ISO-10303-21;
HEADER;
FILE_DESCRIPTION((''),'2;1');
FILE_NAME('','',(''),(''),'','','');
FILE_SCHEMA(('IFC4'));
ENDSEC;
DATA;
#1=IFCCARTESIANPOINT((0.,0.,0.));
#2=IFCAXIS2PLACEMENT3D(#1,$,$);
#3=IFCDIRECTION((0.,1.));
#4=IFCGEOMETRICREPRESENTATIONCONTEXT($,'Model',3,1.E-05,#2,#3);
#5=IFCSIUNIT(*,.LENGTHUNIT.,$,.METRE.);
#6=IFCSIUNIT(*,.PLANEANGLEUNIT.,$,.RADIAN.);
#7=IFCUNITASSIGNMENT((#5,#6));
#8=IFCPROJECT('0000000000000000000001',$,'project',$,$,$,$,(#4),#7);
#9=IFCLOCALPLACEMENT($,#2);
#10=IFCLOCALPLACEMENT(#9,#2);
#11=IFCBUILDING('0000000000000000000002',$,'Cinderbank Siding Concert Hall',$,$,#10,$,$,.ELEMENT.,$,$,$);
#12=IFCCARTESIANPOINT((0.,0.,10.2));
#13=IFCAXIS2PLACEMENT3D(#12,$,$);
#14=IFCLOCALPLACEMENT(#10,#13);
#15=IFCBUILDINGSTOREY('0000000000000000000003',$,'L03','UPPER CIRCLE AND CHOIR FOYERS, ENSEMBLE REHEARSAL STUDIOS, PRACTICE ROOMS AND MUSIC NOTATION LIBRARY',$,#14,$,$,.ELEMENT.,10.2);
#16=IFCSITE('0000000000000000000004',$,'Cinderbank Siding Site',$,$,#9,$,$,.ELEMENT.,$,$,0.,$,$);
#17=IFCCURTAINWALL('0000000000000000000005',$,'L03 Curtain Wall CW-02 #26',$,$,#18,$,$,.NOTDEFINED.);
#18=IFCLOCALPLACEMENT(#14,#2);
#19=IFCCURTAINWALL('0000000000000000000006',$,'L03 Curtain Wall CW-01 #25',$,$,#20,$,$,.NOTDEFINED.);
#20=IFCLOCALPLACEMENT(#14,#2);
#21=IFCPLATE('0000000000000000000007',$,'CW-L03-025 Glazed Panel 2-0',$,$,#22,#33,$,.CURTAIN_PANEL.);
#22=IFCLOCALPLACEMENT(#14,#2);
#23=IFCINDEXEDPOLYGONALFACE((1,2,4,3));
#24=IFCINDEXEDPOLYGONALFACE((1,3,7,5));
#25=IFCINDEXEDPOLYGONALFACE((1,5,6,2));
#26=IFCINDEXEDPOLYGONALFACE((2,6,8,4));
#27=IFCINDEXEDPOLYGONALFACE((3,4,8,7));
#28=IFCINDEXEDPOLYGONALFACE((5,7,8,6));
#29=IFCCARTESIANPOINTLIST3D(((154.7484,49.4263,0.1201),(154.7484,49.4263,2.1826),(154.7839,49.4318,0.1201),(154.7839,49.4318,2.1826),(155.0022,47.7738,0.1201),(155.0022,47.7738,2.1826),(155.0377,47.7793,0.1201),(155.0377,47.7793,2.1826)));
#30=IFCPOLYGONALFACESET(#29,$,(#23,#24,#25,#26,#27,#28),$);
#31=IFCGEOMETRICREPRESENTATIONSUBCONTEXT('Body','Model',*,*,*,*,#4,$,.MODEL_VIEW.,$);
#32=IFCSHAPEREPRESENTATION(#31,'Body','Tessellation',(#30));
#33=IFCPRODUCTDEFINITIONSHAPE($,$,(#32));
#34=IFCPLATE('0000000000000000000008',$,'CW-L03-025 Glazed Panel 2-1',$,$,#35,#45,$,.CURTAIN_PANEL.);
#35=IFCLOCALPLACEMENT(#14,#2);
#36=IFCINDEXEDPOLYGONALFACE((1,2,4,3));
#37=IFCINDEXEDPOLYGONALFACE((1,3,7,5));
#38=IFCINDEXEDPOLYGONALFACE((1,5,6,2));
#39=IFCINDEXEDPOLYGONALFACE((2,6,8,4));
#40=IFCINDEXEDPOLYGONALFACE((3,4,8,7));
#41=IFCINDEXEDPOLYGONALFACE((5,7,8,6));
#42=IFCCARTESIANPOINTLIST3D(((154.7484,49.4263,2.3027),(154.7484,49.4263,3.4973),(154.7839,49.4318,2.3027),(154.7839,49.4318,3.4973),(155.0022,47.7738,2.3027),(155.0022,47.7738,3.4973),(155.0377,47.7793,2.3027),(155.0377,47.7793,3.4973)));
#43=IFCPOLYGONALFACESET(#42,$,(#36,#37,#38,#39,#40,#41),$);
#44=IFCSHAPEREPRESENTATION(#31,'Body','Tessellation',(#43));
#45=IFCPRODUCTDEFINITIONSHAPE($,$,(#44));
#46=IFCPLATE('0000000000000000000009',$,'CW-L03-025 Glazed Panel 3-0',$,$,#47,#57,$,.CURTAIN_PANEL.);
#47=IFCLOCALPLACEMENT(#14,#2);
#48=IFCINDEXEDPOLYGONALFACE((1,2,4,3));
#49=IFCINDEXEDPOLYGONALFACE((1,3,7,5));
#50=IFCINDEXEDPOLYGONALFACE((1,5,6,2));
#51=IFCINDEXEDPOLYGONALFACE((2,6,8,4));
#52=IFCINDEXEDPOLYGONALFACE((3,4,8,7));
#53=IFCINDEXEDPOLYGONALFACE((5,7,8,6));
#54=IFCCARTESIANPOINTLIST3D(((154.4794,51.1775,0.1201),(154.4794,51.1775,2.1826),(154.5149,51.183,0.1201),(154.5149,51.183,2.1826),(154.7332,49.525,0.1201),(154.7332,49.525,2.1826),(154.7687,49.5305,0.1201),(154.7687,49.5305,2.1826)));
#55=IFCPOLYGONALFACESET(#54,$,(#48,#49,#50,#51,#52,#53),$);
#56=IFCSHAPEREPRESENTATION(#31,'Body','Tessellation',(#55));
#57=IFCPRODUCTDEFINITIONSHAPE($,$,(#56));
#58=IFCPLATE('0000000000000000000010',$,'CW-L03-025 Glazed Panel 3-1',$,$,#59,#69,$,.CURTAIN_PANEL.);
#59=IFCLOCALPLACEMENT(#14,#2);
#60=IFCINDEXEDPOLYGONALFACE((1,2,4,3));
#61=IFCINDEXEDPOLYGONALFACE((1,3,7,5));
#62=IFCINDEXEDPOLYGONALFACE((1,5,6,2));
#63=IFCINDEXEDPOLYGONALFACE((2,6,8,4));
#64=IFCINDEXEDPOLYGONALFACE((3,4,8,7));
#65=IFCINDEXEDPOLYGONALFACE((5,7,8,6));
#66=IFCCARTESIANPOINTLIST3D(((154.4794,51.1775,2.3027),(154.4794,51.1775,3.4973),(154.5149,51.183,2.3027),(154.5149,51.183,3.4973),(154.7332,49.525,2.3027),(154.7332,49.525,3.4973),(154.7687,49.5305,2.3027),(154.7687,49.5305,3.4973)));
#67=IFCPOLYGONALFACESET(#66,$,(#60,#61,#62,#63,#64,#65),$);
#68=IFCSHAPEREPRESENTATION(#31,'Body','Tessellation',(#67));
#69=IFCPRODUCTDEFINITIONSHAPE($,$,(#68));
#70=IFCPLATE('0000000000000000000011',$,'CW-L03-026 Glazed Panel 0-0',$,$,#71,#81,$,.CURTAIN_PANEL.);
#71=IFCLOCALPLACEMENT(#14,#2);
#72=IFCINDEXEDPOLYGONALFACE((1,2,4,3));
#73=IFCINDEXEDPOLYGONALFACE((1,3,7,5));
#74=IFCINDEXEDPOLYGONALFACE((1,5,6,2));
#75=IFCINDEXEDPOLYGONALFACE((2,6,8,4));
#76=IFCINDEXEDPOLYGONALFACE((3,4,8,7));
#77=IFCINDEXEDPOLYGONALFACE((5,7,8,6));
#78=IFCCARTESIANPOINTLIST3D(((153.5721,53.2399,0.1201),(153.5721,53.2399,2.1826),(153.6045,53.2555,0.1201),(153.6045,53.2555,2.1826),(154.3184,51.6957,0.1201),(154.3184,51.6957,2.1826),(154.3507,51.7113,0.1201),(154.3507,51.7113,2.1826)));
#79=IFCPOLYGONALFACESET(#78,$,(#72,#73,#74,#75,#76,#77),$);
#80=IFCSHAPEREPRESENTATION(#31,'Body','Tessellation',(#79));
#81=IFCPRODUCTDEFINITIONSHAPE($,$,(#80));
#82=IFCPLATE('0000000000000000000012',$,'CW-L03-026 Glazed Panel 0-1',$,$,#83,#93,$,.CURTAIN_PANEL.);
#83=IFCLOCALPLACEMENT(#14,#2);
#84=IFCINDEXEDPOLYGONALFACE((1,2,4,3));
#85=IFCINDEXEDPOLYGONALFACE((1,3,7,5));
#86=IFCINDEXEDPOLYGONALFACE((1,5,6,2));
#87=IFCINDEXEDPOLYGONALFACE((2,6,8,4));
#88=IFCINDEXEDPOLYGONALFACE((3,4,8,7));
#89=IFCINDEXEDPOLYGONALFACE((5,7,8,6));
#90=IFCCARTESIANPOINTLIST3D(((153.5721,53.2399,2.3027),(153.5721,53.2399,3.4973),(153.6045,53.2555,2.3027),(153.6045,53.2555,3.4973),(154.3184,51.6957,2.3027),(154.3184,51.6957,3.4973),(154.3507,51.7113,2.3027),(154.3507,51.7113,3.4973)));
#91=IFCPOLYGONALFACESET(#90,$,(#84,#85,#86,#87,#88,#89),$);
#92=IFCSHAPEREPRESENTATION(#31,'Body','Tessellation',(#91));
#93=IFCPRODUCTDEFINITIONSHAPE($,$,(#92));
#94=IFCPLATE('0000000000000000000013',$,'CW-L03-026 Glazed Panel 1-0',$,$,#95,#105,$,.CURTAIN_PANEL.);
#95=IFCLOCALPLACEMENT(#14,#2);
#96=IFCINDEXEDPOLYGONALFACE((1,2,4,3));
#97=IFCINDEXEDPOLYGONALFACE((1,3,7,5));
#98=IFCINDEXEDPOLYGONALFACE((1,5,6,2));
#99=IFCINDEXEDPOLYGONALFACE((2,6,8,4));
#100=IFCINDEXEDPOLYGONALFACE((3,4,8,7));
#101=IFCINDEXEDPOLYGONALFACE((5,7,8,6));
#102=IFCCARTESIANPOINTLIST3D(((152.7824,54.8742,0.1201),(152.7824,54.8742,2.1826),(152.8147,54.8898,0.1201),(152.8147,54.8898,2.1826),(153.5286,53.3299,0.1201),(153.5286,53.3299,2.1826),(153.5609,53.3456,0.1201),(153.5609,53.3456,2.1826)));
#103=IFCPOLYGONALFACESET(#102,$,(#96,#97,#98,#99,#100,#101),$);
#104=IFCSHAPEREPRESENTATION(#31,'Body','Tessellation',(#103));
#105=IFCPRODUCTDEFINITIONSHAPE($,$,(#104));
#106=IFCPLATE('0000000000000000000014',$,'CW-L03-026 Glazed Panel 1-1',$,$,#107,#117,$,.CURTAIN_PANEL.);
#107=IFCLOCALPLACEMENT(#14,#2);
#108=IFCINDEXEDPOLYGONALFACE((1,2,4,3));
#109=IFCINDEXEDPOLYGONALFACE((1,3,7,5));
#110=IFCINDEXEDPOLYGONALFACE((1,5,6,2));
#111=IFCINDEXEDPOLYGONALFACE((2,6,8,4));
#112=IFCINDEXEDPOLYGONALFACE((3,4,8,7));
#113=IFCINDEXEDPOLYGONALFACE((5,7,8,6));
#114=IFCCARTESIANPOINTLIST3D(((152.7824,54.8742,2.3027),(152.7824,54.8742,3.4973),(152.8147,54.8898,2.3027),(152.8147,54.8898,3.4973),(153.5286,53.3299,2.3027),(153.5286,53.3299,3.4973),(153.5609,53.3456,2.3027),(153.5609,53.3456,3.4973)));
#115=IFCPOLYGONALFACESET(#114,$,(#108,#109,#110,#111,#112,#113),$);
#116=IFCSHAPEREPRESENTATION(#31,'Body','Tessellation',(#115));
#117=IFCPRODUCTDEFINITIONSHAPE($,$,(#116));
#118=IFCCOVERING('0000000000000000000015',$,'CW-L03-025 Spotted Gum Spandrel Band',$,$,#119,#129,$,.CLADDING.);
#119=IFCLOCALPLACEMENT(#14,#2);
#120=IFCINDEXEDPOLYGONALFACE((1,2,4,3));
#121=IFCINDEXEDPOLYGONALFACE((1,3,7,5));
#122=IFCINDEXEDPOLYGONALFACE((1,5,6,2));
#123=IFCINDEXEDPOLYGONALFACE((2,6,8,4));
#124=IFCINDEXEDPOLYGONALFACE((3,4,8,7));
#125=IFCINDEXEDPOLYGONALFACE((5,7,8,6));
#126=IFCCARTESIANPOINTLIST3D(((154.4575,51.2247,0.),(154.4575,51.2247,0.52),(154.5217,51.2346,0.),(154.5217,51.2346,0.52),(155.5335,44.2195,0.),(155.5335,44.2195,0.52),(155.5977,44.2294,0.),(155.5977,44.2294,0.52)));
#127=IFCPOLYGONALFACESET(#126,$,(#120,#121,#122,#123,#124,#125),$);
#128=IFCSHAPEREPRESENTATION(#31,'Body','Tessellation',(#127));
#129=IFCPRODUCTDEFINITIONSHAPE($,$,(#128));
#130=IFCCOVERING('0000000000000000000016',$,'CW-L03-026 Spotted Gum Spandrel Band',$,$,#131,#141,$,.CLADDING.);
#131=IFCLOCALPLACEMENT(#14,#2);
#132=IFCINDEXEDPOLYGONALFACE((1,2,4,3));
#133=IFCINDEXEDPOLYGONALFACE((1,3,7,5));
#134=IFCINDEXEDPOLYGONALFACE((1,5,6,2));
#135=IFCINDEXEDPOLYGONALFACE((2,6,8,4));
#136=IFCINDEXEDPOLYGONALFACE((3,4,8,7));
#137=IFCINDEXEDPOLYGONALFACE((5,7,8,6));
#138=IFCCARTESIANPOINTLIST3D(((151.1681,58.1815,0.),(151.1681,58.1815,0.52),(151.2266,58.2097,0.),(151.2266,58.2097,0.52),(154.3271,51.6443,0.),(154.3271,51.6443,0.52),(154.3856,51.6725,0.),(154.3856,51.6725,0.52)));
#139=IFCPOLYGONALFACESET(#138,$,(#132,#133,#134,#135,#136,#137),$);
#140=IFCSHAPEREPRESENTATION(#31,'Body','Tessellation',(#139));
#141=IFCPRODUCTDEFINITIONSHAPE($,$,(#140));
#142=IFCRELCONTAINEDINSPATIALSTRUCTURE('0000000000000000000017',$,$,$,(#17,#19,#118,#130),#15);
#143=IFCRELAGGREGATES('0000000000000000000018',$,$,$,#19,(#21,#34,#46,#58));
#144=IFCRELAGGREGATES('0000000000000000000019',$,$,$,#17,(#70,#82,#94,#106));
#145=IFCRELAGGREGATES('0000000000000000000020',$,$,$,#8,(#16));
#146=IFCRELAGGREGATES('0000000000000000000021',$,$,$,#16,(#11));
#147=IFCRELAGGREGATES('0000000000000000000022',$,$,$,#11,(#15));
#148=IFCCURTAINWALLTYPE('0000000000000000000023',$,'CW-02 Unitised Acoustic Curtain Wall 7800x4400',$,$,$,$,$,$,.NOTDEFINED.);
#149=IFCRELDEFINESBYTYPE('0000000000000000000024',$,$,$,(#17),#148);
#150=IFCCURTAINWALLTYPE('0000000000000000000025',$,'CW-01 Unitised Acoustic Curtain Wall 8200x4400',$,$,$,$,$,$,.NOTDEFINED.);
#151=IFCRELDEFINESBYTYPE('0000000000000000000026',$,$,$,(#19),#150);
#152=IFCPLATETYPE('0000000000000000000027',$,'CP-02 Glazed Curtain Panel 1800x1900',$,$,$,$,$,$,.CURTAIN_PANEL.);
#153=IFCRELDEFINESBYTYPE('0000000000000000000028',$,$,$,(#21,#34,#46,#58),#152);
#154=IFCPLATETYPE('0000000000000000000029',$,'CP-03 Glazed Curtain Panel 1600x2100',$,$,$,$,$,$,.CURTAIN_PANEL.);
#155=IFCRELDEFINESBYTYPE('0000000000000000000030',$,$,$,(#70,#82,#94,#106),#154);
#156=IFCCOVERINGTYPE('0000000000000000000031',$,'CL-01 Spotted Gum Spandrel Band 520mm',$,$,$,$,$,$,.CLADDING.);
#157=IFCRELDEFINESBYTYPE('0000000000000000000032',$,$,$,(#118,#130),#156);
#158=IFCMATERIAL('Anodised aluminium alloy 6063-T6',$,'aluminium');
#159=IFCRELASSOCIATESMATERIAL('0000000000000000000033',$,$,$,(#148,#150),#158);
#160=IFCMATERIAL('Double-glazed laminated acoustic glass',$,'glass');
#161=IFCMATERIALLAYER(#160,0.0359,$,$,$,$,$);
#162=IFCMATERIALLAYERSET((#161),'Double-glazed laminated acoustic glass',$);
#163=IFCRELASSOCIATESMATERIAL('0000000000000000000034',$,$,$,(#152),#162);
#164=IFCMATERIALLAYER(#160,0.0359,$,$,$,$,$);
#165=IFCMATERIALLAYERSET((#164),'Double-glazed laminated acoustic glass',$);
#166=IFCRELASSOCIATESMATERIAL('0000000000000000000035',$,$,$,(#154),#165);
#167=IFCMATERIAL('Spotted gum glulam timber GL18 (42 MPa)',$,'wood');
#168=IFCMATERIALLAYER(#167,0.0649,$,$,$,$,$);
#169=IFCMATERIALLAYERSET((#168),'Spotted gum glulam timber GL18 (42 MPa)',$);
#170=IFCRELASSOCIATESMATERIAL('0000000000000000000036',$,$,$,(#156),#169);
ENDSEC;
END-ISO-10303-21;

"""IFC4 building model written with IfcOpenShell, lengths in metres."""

from ifc_helpers import new_model, si_unit, direction, frame, origin, origin_2d, place, context, subcontext, project, spatial, rectangle, extrude, material, layer, layer_set, type_object, element, aggregate, save


model = new_model("IFC4")

# Units and contexts
model_context = context("Model", 3, precision=1e-05, world=origin(), true_north=direction((0.0, 1.0)))
body_context = subcontext(model_context, "Body", "Model", "MODEL_VIEW")
ifc_project = project(units=[si_unit("LENGTHUNIT", "METRE"), si_unit("PLANEANGLEUNIT", "RADIAN")], contexts=[model_context])

# Site, building, storey
site_placement = place(None, origin())
site = spatial("IfcSite", under=ifc_project, at=site_placement, Name="Cinderbank Siding Site", CompositionType="ELEMENT", RefElevation=0.0)
building_placement = place(site_placement, origin())
building = spatial("IfcBuilding", under=site, at=building_placement, Name="Cinderbank Siding Concert Hall", CompositionType="ELEMENT")
storey_placement = place(building_placement, frame((0.0, 0.0, 10.2)))
storey = spatial("IfcBuildingStorey", under=building, at=storey_placement, Name="L03", Description="UPPER CIRCLE AND CHOIR FOYERS, ENSEMBLE REHEARSAL STUDIOS, PRACTICE ROOMS AND MUSIC NOTATION LIBRARY", CompositionType="ELEMENT", Elevation=10.2)

# Curtain walls
ifc_material_1 = material(Name="Anodised aluminium alloy 6063-T6", Category="aluminium")
curtain_wall_type_1 = type_object("IfcCurtainWallType", Name="CW-02 Unitised Acoustic Curtain Wall 7800x4400", PredefinedType="NOTDEFINED", material=ifc_material_1)
curtain_wall_1_placement = place(storey_placement, origin())
curtain_wall_1 = element("IfcCurtainWall", 1, at=curtain_wall_1_placement, inside=storey, type_object=curtain_wall_type_1, Name="L03 Curtain Wall CW-02 #26", PredefinedType="NOTDEFINED")
curtain_wall_type_2 = type_object("IfcCurtainWallType", Name="CW-01 Unitised Acoustic Curtain Wall 8200x4400", PredefinedType="NOTDEFINED", material=ifc_material_1)
curtain_wall_2_placement = place(storey_placement, origin())
curtain_wall_2 = element("IfcCurtainWall", 2, at=curtain_wall_2_placement, inside=storey, type_object=curtain_wall_type_2, Name="L03 Curtain Wall CW-01 #25", PredefinedType="NOTDEFINED")

# Shared definitions
ifc_material_2 = material(Name="Spotted gum glulam timber GL18 (42 MPa)", Category="wood")

# Plates
ifc_material_3 = material(Name="Double-glazed laminated acoustic glass", Category="glass")
ifc_layer_1 = layer(ifc_material_3, 0.0359)
ifc_layer_set_1 = layer_set([ifc_layer_1], Name="Double-glazed laminated acoustic glass")
plate_type_1 = type_object("IfcPlateType", Name="CP-02 Glazed Curtain Panel 1800x1900", PredefinedType="CURTAIN_PANEL", material=ifc_layer_set_1)
plate_1_placement = place(storey_placement, frame((154.8931, 48.6028, 0.1201), z_axis=(0.0, 0.0, 1.0), x_axis=(-0.151815, 0.988409, 0.0)))
plate_1 = element("IfcPlate", 3, at=plate_1_placement, type_object=plate_type_1, Name="CW-L03-025 Glazed Panel 2-0", PredefinedType="CURTAIN_PANEL", context=body_context, shape_type="SweptSolid", body=[
    extrude(rectangle(XDim=1.6719, YDim=0.0359, at=origin_2d()), origin(), (0.0, 0.0, 1.0), 2.0625),
])
plate_2_placement = place(storey_placement, frame((154.8931, 48.6028, 2.3027), z_axis=(0.0, 0.0, 1.0), x_axis=(-0.151815, 0.988409, 0.0)))
plate_2 = element("IfcPlate", 4, at=plate_2_placement, type_object=plate_type_1, Name="CW-L03-025 Glazed Panel 2-1", PredefinedType="CURTAIN_PANEL", context=body_context, shape_type="SweptSolid", body=[
    extrude(rectangle(XDim=1.6719, YDim=0.0359, at=origin_2d()), origin(), (0.0, 0.0, 1.0), 1.1946),
])
plate_3_placement = place(storey_placement, frame((154.624, 50.354, 0.1201), z_axis=(0.0, 0.0, 1.0), x_axis=(-0.151815, 0.988409, 0.0)))
plate_3 = element("IfcPlate", 5, at=plate_3_placement, type_object=plate_type_1, Name="CW-L03-025 Glazed Panel 3-0", PredefinedType="CURTAIN_PANEL", context=body_context, shape_type="SweptSolid", body=[
    extrude(rectangle(XDim=1.6719, YDim=0.0359, at=origin_2d()), origin(), (0.0, 0.0, 1.0), 2.0625),
])
plate_4_placement = place(storey_placement, frame((154.624, 50.354, 2.3027), z_axis=(0.0, 0.0, 1.0), x_axis=(-0.151815, 0.988409, 0.0)))
plate_4 = element("IfcPlate", 6, at=plate_4_placement, type_object=plate_type_1, Name="CW-L03-025 Glazed Panel 3-1", PredefinedType="CURTAIN_PANEL", context=body_context, shape_type="SweptSolid", body=[
    extrude(rectangle(XDim=1.6719, YDim=0.0359, at=origin_2d()), origin(), (0.0, 0.0, 1.0), 1.1946),
])
aggregate(curtain_wall_2, [plate_1, plate_2, plate_3, plate_4])
ifc_layer_2 = layer(ifc_material_3, 0.0359)
ifc_layer_set_2 = layer_set([ifc_layer_2], Name="Double-glazed laminated acoustic glass")
plate_type_2 = type_object("IfcPlateType", Name="CP-03 Glazed Curtain Panel 1600x2100", PredefinedType="CURTAIN_PANEL", material=ifc_layer_set_2)
plate_5_placement = place(storey_placement, frame((153.9614, 52.4756, 0.1201), z_axis=(0.0, 0.0, 1.0), x_axis=(-0.435102, 0.900381, 0.0)))
plate_5 = element("IfcPlate", 7, at=plate_5_placement, type_object=plate_type_2, Name="CW-L03-026 Glazed Panel 0-0", PredefinedType="CURTAIN_PANEL", context=body_context, shape_type="SweptSolid", body=[
    extrude(rectangle(XDim=1.7151, YDim=0.0359, at=origin_2d()), origin(), (0.0, 0.0, 1.0), 2.0625),
])
plate_6_placement = place(storey_placement, frame((153.9614, 52.4756, 2.3027), z_axis=(0.0, 0.0, 1.0), x_axis=(-0.435102, 0.900381, 0.0)))
plate_6 = element("IfcPlate", 8, at=plate_6_placement, type_object=plate_type_2, Name="CW-L03-026 Glazed Panel 0-1", PredefinedType="CURTAIN_PANEL", context=body_context, shape_type="SweptSolid", body=[
    extrude(rectangle(XDim=1.7151, YDim=0.0359, at=origin_2d()), origin(), (0.0, 0.0, 1.0), 1.1946),
])
plate_7_placement = place(storey_placement, frame((153.1716, 54.1099, 0.1201), z_axis=(0.0, 0.0, 1.0), x_axis=(-0.435102, 0.900381, 0.0)))
plate_7 = element("IfcPlate", 9, at=plate_7_placement, type_object=plate_type_2, Name="CW-L03-026 Glazed Panel 1-0", PredefinedType="CURTAIN_PANEL", context=body_context, shape_type="SweptSolid", body=[
    extrude(rectangle(XDim=1.7151, YDim=0.0359, at=origin_2d()), origin(), (0.0, 0.0, 1.0), 2.0625),
])
plate_8_placement = place(storey_placement, frame((153.1716, 54.1099, 2.3027), z_axis=(0.0, 0.0, 1.0), x_axis=(-0.435102, 0.900381, 0.0)))
plate_8 = element("IfcPlate", 10, at=plate_8_placement, type_object=plate_type_2, Name="CW-L03-026 Glazed Panel 1-1", PredefinedType="CURTAIN_PANEL", context=body_context, shape_type="SweptSolid", body=[
    extrude(rectangle(XDim=1.7151, YDim=0.0359, at=origin_2d()), origin(), (0.0, 0.0, 1.0), 1.1946),
])
aggregate(curtain_wall_1, [plate_5, plate_6, plate_7, plate_8])

# Coverings
ifc_layer_3 = layer(ifc_material_2, 0.0649)
ifc_layer_set_3 = layer_set([ifc_layer_3], Name="Spotted gum glulam timber GL18 (42 MPa)")
covering_type = type_object("IfcCoveringType", Name="CL-01 Spotted Gum Spandrel Band 520mm", PredefinedType="CLADDING", material=ifc_layer_set_3)
covering_1_placement = place(storey_placement, frame((155.0276, 47.7271, 0.0), z_axis=(0.0, 0.0, 1.0), x_axis=(-0.151815, 0.988409, 0.0)))
element("IfcCovering", 11, at=covering_1_placement, inside=storey, type_object=covering_type, Name="CW-L03-025 Spotted Gum Spandrel Band", PredefinedType="CLADDING", context=body_context, shape_type="SweptSolid", body=[
    extrude(rectangle(XDim=7.0874, YDim=0.0649, at=origin_2d()), origin(), (0.0, 0.0, 1.0), 0.52),
])
covering_2_placement = place(storey_placement, frame((152.7769, 54.927, 0.0), z_axis=(0.0, 0.0, 1.0), x_axis=(-0.435102, 0.900381, 0.0)))
element("IfcCovering", 12, at=covering_2_placement, inside=storey, type_object=covering_type, Name="CW-L03-026 Spotted Gum Spandrel Band", PredefinedType="CLADDING", context=body_context, shape_type="SweptSolid", body=[
    extrude(rectangle(XDim=7.2605, YDim=0.0649, at=origin_2d()), origin(), (0.0, 0.0, 1.0), 0.52),
])

save(model, "model.ifc")
